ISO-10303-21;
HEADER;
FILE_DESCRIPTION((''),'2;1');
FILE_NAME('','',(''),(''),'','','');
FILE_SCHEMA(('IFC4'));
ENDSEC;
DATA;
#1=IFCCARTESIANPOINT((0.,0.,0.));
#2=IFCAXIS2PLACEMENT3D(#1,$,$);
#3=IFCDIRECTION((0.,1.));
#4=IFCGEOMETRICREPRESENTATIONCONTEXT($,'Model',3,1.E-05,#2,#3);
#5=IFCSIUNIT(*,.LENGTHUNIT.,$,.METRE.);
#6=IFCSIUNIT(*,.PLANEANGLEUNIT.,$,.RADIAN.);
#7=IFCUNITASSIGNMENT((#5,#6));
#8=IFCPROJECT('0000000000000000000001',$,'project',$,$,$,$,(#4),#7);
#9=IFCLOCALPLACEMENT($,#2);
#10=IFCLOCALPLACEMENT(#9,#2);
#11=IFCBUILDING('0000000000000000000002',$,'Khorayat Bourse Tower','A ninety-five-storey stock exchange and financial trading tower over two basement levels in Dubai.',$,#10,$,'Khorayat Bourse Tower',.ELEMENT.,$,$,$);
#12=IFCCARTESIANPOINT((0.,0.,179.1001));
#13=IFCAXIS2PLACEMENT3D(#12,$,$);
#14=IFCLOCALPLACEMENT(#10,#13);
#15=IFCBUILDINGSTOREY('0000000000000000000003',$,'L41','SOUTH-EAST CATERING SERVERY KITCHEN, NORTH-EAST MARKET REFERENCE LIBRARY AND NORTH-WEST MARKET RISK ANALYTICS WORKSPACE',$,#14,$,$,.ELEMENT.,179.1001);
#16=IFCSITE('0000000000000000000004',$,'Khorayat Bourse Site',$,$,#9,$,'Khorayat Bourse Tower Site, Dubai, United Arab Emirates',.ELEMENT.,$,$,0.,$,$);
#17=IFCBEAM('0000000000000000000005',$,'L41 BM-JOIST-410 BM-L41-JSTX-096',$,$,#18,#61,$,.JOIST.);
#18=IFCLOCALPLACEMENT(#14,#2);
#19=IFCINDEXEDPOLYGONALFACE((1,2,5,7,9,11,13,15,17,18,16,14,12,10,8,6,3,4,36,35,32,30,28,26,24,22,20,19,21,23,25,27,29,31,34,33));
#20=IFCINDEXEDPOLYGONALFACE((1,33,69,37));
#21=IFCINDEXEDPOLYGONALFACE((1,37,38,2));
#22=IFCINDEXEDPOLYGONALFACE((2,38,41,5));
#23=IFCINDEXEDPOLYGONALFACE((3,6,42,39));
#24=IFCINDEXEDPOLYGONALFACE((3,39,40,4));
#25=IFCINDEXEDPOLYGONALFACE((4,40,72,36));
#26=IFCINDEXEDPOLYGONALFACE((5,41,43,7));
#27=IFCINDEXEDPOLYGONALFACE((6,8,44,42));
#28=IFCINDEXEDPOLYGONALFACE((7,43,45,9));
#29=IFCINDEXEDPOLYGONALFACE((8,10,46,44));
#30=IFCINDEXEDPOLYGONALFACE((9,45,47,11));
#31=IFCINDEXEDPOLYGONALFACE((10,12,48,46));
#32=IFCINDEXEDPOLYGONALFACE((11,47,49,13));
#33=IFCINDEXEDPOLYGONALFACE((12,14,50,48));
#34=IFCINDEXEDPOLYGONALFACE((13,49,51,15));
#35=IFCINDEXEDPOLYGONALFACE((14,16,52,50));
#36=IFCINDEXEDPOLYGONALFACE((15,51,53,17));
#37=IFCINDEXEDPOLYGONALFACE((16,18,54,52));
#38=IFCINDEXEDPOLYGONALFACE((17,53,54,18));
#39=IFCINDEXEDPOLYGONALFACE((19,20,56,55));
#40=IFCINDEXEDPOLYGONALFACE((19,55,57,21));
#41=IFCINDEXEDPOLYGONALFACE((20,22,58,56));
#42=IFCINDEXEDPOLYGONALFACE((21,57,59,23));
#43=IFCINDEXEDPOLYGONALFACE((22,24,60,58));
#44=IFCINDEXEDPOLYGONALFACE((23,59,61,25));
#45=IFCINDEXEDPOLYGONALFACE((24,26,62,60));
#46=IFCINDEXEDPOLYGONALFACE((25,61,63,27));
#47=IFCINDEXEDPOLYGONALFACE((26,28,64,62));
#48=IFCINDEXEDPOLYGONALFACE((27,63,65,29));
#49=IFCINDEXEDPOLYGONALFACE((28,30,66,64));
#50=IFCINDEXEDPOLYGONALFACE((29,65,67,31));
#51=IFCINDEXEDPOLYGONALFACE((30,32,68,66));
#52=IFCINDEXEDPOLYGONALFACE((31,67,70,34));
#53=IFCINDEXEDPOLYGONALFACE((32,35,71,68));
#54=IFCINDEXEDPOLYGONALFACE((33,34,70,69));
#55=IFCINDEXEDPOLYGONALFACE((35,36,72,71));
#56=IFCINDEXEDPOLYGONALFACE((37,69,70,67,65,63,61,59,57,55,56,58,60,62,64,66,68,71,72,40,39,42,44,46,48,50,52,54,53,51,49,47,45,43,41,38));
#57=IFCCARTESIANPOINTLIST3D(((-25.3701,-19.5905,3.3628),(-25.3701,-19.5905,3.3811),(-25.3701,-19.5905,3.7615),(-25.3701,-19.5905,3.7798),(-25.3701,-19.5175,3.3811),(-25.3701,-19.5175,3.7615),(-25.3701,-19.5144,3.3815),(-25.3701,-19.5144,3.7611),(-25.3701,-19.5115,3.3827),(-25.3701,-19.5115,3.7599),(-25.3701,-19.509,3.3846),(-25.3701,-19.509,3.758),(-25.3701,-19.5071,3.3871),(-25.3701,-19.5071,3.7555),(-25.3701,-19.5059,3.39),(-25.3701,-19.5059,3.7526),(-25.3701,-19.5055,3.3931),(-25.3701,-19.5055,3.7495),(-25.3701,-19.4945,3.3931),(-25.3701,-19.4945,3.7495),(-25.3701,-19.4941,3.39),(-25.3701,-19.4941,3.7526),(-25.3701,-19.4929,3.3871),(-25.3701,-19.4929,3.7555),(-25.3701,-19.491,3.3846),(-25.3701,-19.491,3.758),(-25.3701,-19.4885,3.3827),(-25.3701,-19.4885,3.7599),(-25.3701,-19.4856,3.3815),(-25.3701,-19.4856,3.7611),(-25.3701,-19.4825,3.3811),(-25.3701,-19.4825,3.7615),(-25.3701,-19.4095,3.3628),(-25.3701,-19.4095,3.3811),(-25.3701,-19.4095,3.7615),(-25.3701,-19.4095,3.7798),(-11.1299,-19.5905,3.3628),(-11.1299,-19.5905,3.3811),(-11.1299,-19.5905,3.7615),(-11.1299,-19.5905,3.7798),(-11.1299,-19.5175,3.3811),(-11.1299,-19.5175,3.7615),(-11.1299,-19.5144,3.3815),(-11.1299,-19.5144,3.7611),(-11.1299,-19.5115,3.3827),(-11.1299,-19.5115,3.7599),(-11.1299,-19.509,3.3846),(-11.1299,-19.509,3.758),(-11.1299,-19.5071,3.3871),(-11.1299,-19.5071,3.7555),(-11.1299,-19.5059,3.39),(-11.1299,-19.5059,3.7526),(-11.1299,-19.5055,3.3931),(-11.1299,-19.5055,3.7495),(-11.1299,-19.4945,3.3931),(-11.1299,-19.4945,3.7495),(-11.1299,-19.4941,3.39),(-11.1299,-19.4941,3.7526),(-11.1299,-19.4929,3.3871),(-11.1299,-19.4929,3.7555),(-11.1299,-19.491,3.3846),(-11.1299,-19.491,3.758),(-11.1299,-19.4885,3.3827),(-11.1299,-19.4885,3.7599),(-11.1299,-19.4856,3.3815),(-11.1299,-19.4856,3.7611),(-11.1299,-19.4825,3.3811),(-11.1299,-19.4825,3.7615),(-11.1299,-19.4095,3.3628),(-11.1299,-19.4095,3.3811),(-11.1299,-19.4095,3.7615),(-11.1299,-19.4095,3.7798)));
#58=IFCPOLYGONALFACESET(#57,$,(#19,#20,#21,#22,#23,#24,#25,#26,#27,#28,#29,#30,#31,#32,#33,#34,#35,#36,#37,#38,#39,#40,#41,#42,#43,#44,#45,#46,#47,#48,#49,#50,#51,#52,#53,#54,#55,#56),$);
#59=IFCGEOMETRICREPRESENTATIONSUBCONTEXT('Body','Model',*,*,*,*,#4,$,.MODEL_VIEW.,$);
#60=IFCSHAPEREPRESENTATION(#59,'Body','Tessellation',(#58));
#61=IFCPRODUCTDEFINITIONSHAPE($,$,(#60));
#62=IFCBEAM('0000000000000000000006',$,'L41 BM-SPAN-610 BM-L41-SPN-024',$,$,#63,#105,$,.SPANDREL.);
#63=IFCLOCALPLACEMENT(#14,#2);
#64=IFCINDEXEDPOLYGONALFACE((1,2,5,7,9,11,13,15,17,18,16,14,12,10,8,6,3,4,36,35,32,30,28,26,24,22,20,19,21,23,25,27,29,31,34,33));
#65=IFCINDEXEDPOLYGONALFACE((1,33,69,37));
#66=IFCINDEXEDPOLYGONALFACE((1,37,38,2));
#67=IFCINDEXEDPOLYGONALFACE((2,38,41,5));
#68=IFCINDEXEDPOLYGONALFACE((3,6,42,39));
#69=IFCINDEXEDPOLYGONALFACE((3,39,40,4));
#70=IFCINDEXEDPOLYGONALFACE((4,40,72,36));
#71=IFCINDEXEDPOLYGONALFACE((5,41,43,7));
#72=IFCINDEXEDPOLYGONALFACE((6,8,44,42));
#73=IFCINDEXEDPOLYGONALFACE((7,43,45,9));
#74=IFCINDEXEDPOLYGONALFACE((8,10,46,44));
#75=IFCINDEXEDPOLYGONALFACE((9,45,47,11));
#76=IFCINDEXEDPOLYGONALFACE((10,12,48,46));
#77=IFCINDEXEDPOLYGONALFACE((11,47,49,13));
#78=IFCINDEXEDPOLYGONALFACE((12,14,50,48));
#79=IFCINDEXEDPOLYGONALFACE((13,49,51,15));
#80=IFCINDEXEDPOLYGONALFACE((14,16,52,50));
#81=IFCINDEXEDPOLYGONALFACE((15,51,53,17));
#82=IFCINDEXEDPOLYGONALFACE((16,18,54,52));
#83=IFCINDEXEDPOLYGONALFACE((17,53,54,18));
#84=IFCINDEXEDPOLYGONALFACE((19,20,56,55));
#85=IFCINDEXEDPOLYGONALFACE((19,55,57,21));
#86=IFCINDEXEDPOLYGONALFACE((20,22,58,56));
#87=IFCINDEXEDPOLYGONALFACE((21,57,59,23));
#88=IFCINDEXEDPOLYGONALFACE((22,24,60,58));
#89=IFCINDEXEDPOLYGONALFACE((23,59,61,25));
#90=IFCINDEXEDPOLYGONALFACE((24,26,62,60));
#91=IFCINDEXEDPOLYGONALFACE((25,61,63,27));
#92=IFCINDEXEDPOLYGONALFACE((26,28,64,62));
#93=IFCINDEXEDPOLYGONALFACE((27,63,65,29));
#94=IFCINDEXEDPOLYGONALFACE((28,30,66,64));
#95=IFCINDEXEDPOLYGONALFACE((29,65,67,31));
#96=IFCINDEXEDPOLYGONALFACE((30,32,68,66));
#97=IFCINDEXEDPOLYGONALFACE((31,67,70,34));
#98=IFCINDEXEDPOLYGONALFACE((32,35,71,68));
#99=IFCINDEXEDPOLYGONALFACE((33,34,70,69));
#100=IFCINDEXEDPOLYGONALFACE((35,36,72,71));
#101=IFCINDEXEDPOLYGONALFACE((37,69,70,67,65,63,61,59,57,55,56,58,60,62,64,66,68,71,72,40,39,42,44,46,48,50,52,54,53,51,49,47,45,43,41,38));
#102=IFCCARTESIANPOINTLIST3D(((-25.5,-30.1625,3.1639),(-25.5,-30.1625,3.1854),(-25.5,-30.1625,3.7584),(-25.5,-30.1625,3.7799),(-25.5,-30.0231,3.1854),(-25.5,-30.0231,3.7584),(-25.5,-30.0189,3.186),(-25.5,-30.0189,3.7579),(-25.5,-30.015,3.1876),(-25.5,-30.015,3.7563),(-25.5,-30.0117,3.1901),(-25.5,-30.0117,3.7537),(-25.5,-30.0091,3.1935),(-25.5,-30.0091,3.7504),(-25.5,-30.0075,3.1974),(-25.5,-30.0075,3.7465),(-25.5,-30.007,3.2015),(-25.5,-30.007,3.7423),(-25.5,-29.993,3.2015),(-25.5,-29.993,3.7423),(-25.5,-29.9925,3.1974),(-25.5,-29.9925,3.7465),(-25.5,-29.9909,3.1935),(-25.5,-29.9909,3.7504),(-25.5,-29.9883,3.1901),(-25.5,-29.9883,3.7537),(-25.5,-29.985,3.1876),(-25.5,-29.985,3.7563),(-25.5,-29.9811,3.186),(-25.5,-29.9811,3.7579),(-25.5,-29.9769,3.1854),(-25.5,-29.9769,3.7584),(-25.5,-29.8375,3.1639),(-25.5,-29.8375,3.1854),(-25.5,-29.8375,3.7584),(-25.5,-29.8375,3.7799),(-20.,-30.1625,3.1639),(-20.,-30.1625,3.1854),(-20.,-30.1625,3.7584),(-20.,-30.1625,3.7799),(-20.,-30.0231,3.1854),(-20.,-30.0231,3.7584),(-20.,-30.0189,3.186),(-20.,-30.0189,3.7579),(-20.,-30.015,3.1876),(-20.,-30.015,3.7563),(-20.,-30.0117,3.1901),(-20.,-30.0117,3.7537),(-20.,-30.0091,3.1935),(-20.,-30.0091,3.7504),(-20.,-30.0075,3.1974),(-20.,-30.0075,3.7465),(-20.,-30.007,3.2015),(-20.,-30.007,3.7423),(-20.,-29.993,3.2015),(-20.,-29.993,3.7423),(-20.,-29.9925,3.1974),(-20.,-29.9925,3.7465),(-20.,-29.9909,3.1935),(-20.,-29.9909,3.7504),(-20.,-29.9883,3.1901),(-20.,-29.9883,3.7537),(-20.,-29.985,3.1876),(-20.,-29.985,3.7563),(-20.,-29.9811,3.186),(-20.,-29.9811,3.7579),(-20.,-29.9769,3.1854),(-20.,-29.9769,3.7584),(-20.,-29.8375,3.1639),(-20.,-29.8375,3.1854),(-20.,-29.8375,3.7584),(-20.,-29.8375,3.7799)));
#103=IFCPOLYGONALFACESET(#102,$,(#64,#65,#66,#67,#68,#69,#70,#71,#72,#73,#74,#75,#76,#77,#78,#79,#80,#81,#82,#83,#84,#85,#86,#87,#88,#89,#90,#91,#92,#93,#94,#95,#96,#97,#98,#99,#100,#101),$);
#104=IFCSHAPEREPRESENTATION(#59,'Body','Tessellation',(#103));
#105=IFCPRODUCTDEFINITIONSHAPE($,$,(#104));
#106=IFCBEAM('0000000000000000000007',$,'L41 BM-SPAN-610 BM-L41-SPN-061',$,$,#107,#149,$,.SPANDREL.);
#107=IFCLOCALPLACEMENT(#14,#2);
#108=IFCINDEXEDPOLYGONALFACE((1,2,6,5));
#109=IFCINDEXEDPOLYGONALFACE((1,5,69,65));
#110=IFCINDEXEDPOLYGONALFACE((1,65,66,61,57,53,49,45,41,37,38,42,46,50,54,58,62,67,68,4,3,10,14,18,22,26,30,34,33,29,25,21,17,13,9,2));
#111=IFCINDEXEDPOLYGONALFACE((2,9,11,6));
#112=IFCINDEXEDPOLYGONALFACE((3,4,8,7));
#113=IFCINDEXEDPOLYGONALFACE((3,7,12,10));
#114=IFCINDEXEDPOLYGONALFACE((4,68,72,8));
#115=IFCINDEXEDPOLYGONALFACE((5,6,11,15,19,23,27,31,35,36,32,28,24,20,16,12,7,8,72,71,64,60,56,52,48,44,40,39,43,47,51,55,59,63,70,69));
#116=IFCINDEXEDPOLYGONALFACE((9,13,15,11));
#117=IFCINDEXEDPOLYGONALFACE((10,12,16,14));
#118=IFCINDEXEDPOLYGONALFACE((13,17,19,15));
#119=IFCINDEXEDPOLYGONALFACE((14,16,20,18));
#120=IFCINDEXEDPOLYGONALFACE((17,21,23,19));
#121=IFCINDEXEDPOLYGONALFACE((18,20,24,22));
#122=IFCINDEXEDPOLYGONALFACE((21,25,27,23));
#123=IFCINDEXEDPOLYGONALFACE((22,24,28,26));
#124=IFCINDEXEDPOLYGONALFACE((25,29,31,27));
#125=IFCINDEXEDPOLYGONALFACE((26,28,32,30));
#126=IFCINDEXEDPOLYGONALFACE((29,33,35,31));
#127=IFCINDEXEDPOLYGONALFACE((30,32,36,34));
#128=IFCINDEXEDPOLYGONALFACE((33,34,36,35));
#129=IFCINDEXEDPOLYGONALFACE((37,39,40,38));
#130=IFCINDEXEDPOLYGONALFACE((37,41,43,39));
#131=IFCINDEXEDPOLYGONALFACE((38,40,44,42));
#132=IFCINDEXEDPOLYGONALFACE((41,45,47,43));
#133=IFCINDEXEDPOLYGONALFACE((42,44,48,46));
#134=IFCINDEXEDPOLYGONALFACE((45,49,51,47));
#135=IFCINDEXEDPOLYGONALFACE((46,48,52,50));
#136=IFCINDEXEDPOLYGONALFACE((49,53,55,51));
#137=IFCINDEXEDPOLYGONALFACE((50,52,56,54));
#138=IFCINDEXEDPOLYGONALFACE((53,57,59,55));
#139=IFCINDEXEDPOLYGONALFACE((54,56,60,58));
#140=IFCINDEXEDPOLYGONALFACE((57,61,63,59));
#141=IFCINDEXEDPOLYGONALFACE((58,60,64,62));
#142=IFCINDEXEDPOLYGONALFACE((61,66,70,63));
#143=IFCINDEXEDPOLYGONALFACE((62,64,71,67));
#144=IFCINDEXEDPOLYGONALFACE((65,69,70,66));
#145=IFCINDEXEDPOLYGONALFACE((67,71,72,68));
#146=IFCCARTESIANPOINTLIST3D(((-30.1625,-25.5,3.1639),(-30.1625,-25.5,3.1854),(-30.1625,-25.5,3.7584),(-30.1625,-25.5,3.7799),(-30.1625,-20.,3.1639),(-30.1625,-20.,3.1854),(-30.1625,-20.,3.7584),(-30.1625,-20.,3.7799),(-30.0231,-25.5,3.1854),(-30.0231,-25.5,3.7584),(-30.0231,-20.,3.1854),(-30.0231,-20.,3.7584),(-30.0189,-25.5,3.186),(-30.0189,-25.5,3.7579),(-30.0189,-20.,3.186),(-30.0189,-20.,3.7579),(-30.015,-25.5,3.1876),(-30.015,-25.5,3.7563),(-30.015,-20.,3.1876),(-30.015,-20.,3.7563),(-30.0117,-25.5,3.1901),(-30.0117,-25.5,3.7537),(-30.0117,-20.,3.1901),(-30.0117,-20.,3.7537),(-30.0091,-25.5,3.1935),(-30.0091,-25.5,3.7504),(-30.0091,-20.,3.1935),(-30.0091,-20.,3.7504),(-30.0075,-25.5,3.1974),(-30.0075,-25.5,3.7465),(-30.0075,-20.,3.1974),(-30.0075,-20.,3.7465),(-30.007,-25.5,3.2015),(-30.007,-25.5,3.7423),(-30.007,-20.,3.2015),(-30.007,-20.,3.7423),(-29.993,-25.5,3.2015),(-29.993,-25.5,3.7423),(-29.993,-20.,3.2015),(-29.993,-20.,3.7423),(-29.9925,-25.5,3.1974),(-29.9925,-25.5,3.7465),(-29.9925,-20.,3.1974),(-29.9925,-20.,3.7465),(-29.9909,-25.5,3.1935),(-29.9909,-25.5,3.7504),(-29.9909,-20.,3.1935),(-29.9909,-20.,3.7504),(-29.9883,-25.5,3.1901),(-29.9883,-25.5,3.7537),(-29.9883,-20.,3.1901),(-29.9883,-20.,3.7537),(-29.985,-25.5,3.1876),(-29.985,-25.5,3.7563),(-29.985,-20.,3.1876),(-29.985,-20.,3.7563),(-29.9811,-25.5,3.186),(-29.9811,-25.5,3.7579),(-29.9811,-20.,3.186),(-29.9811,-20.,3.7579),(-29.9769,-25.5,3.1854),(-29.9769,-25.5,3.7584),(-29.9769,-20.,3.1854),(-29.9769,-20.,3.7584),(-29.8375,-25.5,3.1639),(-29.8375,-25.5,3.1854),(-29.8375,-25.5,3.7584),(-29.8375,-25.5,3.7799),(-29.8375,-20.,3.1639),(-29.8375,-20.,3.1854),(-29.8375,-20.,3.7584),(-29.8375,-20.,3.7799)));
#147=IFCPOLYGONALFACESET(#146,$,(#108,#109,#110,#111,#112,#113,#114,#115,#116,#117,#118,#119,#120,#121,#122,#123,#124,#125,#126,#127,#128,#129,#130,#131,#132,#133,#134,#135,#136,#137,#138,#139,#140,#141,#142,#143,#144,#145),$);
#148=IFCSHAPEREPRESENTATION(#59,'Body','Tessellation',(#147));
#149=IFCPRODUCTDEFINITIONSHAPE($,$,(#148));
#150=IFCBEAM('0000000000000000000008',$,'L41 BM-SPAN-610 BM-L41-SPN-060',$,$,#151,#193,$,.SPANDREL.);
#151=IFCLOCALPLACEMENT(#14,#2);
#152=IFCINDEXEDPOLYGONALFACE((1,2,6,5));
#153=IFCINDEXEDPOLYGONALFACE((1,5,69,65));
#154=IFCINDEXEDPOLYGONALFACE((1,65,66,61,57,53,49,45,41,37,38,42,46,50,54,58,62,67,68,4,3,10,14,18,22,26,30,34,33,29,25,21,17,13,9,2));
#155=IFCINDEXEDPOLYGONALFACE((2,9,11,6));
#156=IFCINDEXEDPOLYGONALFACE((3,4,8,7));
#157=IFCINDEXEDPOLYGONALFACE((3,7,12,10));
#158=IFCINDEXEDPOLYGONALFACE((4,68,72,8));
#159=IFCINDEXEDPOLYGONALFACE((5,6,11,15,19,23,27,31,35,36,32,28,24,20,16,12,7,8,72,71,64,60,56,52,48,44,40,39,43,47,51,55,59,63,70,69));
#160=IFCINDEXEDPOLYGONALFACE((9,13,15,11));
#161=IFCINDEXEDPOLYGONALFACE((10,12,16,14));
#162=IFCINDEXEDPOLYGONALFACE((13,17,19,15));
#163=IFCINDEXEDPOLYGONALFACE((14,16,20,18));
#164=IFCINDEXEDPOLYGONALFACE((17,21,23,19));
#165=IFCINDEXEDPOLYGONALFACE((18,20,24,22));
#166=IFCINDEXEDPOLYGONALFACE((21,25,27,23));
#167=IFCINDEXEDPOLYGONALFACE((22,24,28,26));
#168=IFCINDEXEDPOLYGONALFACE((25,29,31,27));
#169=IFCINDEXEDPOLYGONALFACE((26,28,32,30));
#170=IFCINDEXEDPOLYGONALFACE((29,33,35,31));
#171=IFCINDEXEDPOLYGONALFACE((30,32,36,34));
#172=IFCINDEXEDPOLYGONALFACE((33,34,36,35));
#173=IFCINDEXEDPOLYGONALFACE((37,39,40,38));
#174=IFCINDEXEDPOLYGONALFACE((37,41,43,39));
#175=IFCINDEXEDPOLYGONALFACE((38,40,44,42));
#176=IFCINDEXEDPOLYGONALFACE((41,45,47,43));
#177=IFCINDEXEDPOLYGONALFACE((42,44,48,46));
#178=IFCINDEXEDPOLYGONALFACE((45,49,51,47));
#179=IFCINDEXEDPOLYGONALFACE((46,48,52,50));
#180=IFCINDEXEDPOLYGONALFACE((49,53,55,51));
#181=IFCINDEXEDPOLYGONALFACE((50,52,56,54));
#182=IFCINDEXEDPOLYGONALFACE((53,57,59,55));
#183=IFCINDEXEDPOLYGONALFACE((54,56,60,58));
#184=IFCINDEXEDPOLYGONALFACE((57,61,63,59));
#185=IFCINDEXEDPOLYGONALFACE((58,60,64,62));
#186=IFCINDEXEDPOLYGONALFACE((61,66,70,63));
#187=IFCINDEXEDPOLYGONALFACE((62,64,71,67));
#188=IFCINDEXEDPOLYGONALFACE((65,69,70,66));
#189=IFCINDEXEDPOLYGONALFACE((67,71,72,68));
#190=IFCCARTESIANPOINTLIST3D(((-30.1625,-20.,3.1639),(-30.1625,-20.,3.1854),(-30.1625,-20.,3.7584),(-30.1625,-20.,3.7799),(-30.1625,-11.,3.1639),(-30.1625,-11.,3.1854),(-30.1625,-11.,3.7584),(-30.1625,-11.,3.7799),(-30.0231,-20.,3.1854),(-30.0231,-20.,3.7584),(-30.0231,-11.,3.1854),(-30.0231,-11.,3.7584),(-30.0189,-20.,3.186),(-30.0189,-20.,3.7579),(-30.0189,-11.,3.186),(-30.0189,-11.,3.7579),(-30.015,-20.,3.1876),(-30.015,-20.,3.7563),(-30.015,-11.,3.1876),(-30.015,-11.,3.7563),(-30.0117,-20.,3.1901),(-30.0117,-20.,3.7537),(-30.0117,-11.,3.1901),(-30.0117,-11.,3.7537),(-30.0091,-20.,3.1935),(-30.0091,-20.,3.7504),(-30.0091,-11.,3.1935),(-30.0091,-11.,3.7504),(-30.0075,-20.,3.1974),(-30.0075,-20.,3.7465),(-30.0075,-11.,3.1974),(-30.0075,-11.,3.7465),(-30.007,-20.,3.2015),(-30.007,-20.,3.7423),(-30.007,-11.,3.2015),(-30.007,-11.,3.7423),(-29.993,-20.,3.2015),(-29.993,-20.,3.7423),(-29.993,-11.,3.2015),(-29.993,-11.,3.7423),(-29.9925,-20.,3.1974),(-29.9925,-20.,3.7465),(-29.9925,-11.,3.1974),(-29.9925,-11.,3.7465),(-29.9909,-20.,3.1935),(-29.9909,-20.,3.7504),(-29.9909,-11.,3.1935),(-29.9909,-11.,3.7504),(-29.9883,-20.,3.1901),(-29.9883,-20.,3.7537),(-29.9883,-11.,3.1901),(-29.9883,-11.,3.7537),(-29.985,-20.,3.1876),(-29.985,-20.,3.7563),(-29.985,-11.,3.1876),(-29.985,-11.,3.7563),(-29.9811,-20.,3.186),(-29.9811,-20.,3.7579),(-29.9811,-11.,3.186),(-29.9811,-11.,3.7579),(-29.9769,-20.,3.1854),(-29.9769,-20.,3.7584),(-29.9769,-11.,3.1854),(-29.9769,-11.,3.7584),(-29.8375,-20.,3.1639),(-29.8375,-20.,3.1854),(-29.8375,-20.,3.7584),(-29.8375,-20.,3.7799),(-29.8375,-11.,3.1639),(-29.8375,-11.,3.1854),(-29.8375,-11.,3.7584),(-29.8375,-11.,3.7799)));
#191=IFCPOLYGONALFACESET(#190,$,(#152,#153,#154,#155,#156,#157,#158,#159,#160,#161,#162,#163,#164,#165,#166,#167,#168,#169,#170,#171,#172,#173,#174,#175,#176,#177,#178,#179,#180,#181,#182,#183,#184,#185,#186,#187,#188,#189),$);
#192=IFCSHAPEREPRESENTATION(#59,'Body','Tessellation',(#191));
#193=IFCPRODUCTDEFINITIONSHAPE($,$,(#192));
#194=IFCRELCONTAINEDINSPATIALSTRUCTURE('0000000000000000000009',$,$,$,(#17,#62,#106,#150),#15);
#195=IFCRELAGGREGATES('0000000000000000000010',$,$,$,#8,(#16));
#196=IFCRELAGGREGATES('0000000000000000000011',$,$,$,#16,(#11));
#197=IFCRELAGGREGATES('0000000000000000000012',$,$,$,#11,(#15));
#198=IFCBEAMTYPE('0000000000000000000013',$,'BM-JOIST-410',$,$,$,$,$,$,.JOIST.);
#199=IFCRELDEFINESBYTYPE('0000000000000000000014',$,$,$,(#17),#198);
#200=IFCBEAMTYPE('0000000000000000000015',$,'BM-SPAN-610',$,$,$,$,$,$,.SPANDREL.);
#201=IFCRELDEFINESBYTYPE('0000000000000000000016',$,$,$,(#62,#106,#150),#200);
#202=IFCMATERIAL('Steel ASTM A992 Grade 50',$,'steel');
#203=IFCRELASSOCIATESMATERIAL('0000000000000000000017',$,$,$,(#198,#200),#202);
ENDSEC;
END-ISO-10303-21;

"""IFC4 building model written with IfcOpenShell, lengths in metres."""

from ifc_helpers import new_model, si_unit, direction, frame, origin, origin_2d, place, context, subcontext, project, spatial, i_section, extrude, source, transform, mapped, material, material_profile, profile_set, type_object, element, save


model = new_model("IFC4")

# Units and contexts
model_context = context("Model", 3, precision=1e-05, world=origin(), true_north=direction((0.0, 1.0)))
body_context = subcontext(model_context, "Body", "Model", "MODEL_VIEW")
ifc_project = project(units=[si_unit("LENGTHUNIT", "METRE"), si_unit("PLANEANGLEUNIT", "RADIAN")], contexts=[model_context])

# Site, building, storey
site_placement = place(None, origin())
site = spatial("IfcSite", under=ifc_project, at=site_placement, Name="Khorayat Bourse Site", LongName="Khorayat Bourse Tower Site, Dubai, United Arab Emirates", CompositionType="ELEMENT", RefElevation=0.0)
building_placement = place(site_placement, origin())
building = spatial("IfcBuilding", under=site, at=building_placement, Name="Khorayat Bourse Tower", Description="A ninety-five-storey stock exchange and financial trading tower over two basement levels in Dubai.", LongName="Khorayat Bourse Tower", CompositionType="ELEMENT")
storey_placement = place(building_placement, frame((0.0, 0.0, 179.1001)))
storey = spatial("IfcBuildingStorey", under=building, at=storey_placement, Name="L41", Description="SOUTH-EAST CATERING SERVERY KITCHEN, NORTH-EAST MARKET REFERENCE LIBRARY AND NORTH-WEST MARKET RISK ANALYTICS WORKSPACE", CompositionType="ELEMENT", Elevation=179.1001)

# Beams
ifc_material_1 = material(Name="Steel ASTM A992 Grade 50", Category="steel")
ifc_material_profile_1 = material_profile(ifc_material_1, i_section(OverallWidth=0.1809, OverallDepth=0.417, WebThickness=0.011, FlangeThickness=0.0183, FilletRadius=0.012, at=origin_2d()), Name="W410X85")
ifc_profile_set_1 = profile_set([ifc_material_profile_1], Name="Steel ASTM A992 Grade 50")
beam_type_1 = type_object("IfcBeamType", Name="BM-JOIST-410", PredefinedType="JOIST", material=ifc_profile_set_1)
shared_shape_1 = source(origin(), body_context, "Body", "SweptSolid", [
    extrude(i_section(OverallWidth=0.1809, OverallDepth=0.417, WebThickness=0.011, FlangeThickness=0.0183, FilletRadius=0.012, at=origin_2d()), origin(), (0.0, 0.0, 1.0), 14.2402),
])
beam_1_placement = place(storey_placement, frame((-25.3701, -19.5, 3.5713), z_axis=(1.0, 0.0, 0.0), x_axis=(0.0, 1.0, 0.0)))
element("IfcBeam", 1, at=beam_1_placement, inside=storey, type_object=beam_type_1, Name="L41 BM-JOIST-410 BM-L41-JSTX-096", PredefinedType="JOIST", context=body_context, shape_type="MappedRepresentation", body=[
    mapped(shared_shape_1, transform((0.0, 0.0, 0.0), scale=1.0)),
])
ifc_material_profile_2 = material_profile(ifc_material_1, i_section(OverallWidth=0.325, OverallDepth=0.616, WebThickness=0.0139, FlangeThickness=0.0215, FilletRadius=0.0161, at=origin_2d()), Name="W610X174")
ifc_profile_set_2 = profile_set([ifc_material_profile_2], Name="Steel ASTM A992 Grade 50")
beam_type_2 = type_object("IfcBeamType", Name="BM-SPAN-610", PredefinedType="SPANDREL", material=ifc_profile_set_2)
shared_shape_2 = source(origin(), body_context, "Body", "SweptSolid", [
    extrude(i_section(OverallWidth=0.325, OverallDepth=0.616, WebThickness=0.0139, FlangeThickness=0.0215, FilletRadius=0.0161, at=origin_2d()), origin(), (0.0, 0.0, 1.0), 5.5),
])
for number, where, z_axis, x_axis, name in (
    (2, (-25.5, -30.0, 3.4719), (1.0, 0.0, 0.0), (0.0, 1.0, 0.0), "L41 BM-SPAN-610 BM-L41-SPN-024"),
    (3, (-30.0, -25.5, 3.4719), (0.0, 1.0, 0.0), (-1.0, 0.0, 0.0), "L41 BM-SPAN-610 BM-L41-SPN-061"),
):
    element("IfcBeam", number, at=place(storey_placement, frame(where, z_axis=z_axis, x_axis=x_axis)), inside=storey, type_object=beam_type_2, Name=name, PredefinedType="SPANDREL", context=body_context, shape_type="MappedRepresentation", body=[
        mapped(shared_shape_2, transform((0.0, 0.0, 0.0), scale=1.0)),
    ])
shared_shape_3 = source(origin(), body_context, "Body", "SweptSolid", [
    extrude(i_section(OverallWidth=0.325, OverallDepth=0.616, WebThickness=0.0139, FlangeThickness=0.0215, FilletRadius=0.0161, at=origin_2d()), origin(), (0.0, 0.0, 1.0), 9.0),
])
beam_2_placement = place(storey_placement, frame((-30.0, -20.0, 3.4719), z_axis=(0.0, 1.0, 0.0), x_axis=(-1.0, 0.0, 0.0)))
element("IfcBeam", 4, at=beam_2_placement, inside=storey, type_object=beam_type_2, Name="L41 BM-SPAN-610 BM-L41-SPN-060", PredefinedType="SPANDREL", context=body_context, shape_type="MappedRepresentation", body=[
    mapped(shared_shape_3, transform((0.0, 0.0, 0.0), scale=1.0)),
])

save(model, "model.ifc")
